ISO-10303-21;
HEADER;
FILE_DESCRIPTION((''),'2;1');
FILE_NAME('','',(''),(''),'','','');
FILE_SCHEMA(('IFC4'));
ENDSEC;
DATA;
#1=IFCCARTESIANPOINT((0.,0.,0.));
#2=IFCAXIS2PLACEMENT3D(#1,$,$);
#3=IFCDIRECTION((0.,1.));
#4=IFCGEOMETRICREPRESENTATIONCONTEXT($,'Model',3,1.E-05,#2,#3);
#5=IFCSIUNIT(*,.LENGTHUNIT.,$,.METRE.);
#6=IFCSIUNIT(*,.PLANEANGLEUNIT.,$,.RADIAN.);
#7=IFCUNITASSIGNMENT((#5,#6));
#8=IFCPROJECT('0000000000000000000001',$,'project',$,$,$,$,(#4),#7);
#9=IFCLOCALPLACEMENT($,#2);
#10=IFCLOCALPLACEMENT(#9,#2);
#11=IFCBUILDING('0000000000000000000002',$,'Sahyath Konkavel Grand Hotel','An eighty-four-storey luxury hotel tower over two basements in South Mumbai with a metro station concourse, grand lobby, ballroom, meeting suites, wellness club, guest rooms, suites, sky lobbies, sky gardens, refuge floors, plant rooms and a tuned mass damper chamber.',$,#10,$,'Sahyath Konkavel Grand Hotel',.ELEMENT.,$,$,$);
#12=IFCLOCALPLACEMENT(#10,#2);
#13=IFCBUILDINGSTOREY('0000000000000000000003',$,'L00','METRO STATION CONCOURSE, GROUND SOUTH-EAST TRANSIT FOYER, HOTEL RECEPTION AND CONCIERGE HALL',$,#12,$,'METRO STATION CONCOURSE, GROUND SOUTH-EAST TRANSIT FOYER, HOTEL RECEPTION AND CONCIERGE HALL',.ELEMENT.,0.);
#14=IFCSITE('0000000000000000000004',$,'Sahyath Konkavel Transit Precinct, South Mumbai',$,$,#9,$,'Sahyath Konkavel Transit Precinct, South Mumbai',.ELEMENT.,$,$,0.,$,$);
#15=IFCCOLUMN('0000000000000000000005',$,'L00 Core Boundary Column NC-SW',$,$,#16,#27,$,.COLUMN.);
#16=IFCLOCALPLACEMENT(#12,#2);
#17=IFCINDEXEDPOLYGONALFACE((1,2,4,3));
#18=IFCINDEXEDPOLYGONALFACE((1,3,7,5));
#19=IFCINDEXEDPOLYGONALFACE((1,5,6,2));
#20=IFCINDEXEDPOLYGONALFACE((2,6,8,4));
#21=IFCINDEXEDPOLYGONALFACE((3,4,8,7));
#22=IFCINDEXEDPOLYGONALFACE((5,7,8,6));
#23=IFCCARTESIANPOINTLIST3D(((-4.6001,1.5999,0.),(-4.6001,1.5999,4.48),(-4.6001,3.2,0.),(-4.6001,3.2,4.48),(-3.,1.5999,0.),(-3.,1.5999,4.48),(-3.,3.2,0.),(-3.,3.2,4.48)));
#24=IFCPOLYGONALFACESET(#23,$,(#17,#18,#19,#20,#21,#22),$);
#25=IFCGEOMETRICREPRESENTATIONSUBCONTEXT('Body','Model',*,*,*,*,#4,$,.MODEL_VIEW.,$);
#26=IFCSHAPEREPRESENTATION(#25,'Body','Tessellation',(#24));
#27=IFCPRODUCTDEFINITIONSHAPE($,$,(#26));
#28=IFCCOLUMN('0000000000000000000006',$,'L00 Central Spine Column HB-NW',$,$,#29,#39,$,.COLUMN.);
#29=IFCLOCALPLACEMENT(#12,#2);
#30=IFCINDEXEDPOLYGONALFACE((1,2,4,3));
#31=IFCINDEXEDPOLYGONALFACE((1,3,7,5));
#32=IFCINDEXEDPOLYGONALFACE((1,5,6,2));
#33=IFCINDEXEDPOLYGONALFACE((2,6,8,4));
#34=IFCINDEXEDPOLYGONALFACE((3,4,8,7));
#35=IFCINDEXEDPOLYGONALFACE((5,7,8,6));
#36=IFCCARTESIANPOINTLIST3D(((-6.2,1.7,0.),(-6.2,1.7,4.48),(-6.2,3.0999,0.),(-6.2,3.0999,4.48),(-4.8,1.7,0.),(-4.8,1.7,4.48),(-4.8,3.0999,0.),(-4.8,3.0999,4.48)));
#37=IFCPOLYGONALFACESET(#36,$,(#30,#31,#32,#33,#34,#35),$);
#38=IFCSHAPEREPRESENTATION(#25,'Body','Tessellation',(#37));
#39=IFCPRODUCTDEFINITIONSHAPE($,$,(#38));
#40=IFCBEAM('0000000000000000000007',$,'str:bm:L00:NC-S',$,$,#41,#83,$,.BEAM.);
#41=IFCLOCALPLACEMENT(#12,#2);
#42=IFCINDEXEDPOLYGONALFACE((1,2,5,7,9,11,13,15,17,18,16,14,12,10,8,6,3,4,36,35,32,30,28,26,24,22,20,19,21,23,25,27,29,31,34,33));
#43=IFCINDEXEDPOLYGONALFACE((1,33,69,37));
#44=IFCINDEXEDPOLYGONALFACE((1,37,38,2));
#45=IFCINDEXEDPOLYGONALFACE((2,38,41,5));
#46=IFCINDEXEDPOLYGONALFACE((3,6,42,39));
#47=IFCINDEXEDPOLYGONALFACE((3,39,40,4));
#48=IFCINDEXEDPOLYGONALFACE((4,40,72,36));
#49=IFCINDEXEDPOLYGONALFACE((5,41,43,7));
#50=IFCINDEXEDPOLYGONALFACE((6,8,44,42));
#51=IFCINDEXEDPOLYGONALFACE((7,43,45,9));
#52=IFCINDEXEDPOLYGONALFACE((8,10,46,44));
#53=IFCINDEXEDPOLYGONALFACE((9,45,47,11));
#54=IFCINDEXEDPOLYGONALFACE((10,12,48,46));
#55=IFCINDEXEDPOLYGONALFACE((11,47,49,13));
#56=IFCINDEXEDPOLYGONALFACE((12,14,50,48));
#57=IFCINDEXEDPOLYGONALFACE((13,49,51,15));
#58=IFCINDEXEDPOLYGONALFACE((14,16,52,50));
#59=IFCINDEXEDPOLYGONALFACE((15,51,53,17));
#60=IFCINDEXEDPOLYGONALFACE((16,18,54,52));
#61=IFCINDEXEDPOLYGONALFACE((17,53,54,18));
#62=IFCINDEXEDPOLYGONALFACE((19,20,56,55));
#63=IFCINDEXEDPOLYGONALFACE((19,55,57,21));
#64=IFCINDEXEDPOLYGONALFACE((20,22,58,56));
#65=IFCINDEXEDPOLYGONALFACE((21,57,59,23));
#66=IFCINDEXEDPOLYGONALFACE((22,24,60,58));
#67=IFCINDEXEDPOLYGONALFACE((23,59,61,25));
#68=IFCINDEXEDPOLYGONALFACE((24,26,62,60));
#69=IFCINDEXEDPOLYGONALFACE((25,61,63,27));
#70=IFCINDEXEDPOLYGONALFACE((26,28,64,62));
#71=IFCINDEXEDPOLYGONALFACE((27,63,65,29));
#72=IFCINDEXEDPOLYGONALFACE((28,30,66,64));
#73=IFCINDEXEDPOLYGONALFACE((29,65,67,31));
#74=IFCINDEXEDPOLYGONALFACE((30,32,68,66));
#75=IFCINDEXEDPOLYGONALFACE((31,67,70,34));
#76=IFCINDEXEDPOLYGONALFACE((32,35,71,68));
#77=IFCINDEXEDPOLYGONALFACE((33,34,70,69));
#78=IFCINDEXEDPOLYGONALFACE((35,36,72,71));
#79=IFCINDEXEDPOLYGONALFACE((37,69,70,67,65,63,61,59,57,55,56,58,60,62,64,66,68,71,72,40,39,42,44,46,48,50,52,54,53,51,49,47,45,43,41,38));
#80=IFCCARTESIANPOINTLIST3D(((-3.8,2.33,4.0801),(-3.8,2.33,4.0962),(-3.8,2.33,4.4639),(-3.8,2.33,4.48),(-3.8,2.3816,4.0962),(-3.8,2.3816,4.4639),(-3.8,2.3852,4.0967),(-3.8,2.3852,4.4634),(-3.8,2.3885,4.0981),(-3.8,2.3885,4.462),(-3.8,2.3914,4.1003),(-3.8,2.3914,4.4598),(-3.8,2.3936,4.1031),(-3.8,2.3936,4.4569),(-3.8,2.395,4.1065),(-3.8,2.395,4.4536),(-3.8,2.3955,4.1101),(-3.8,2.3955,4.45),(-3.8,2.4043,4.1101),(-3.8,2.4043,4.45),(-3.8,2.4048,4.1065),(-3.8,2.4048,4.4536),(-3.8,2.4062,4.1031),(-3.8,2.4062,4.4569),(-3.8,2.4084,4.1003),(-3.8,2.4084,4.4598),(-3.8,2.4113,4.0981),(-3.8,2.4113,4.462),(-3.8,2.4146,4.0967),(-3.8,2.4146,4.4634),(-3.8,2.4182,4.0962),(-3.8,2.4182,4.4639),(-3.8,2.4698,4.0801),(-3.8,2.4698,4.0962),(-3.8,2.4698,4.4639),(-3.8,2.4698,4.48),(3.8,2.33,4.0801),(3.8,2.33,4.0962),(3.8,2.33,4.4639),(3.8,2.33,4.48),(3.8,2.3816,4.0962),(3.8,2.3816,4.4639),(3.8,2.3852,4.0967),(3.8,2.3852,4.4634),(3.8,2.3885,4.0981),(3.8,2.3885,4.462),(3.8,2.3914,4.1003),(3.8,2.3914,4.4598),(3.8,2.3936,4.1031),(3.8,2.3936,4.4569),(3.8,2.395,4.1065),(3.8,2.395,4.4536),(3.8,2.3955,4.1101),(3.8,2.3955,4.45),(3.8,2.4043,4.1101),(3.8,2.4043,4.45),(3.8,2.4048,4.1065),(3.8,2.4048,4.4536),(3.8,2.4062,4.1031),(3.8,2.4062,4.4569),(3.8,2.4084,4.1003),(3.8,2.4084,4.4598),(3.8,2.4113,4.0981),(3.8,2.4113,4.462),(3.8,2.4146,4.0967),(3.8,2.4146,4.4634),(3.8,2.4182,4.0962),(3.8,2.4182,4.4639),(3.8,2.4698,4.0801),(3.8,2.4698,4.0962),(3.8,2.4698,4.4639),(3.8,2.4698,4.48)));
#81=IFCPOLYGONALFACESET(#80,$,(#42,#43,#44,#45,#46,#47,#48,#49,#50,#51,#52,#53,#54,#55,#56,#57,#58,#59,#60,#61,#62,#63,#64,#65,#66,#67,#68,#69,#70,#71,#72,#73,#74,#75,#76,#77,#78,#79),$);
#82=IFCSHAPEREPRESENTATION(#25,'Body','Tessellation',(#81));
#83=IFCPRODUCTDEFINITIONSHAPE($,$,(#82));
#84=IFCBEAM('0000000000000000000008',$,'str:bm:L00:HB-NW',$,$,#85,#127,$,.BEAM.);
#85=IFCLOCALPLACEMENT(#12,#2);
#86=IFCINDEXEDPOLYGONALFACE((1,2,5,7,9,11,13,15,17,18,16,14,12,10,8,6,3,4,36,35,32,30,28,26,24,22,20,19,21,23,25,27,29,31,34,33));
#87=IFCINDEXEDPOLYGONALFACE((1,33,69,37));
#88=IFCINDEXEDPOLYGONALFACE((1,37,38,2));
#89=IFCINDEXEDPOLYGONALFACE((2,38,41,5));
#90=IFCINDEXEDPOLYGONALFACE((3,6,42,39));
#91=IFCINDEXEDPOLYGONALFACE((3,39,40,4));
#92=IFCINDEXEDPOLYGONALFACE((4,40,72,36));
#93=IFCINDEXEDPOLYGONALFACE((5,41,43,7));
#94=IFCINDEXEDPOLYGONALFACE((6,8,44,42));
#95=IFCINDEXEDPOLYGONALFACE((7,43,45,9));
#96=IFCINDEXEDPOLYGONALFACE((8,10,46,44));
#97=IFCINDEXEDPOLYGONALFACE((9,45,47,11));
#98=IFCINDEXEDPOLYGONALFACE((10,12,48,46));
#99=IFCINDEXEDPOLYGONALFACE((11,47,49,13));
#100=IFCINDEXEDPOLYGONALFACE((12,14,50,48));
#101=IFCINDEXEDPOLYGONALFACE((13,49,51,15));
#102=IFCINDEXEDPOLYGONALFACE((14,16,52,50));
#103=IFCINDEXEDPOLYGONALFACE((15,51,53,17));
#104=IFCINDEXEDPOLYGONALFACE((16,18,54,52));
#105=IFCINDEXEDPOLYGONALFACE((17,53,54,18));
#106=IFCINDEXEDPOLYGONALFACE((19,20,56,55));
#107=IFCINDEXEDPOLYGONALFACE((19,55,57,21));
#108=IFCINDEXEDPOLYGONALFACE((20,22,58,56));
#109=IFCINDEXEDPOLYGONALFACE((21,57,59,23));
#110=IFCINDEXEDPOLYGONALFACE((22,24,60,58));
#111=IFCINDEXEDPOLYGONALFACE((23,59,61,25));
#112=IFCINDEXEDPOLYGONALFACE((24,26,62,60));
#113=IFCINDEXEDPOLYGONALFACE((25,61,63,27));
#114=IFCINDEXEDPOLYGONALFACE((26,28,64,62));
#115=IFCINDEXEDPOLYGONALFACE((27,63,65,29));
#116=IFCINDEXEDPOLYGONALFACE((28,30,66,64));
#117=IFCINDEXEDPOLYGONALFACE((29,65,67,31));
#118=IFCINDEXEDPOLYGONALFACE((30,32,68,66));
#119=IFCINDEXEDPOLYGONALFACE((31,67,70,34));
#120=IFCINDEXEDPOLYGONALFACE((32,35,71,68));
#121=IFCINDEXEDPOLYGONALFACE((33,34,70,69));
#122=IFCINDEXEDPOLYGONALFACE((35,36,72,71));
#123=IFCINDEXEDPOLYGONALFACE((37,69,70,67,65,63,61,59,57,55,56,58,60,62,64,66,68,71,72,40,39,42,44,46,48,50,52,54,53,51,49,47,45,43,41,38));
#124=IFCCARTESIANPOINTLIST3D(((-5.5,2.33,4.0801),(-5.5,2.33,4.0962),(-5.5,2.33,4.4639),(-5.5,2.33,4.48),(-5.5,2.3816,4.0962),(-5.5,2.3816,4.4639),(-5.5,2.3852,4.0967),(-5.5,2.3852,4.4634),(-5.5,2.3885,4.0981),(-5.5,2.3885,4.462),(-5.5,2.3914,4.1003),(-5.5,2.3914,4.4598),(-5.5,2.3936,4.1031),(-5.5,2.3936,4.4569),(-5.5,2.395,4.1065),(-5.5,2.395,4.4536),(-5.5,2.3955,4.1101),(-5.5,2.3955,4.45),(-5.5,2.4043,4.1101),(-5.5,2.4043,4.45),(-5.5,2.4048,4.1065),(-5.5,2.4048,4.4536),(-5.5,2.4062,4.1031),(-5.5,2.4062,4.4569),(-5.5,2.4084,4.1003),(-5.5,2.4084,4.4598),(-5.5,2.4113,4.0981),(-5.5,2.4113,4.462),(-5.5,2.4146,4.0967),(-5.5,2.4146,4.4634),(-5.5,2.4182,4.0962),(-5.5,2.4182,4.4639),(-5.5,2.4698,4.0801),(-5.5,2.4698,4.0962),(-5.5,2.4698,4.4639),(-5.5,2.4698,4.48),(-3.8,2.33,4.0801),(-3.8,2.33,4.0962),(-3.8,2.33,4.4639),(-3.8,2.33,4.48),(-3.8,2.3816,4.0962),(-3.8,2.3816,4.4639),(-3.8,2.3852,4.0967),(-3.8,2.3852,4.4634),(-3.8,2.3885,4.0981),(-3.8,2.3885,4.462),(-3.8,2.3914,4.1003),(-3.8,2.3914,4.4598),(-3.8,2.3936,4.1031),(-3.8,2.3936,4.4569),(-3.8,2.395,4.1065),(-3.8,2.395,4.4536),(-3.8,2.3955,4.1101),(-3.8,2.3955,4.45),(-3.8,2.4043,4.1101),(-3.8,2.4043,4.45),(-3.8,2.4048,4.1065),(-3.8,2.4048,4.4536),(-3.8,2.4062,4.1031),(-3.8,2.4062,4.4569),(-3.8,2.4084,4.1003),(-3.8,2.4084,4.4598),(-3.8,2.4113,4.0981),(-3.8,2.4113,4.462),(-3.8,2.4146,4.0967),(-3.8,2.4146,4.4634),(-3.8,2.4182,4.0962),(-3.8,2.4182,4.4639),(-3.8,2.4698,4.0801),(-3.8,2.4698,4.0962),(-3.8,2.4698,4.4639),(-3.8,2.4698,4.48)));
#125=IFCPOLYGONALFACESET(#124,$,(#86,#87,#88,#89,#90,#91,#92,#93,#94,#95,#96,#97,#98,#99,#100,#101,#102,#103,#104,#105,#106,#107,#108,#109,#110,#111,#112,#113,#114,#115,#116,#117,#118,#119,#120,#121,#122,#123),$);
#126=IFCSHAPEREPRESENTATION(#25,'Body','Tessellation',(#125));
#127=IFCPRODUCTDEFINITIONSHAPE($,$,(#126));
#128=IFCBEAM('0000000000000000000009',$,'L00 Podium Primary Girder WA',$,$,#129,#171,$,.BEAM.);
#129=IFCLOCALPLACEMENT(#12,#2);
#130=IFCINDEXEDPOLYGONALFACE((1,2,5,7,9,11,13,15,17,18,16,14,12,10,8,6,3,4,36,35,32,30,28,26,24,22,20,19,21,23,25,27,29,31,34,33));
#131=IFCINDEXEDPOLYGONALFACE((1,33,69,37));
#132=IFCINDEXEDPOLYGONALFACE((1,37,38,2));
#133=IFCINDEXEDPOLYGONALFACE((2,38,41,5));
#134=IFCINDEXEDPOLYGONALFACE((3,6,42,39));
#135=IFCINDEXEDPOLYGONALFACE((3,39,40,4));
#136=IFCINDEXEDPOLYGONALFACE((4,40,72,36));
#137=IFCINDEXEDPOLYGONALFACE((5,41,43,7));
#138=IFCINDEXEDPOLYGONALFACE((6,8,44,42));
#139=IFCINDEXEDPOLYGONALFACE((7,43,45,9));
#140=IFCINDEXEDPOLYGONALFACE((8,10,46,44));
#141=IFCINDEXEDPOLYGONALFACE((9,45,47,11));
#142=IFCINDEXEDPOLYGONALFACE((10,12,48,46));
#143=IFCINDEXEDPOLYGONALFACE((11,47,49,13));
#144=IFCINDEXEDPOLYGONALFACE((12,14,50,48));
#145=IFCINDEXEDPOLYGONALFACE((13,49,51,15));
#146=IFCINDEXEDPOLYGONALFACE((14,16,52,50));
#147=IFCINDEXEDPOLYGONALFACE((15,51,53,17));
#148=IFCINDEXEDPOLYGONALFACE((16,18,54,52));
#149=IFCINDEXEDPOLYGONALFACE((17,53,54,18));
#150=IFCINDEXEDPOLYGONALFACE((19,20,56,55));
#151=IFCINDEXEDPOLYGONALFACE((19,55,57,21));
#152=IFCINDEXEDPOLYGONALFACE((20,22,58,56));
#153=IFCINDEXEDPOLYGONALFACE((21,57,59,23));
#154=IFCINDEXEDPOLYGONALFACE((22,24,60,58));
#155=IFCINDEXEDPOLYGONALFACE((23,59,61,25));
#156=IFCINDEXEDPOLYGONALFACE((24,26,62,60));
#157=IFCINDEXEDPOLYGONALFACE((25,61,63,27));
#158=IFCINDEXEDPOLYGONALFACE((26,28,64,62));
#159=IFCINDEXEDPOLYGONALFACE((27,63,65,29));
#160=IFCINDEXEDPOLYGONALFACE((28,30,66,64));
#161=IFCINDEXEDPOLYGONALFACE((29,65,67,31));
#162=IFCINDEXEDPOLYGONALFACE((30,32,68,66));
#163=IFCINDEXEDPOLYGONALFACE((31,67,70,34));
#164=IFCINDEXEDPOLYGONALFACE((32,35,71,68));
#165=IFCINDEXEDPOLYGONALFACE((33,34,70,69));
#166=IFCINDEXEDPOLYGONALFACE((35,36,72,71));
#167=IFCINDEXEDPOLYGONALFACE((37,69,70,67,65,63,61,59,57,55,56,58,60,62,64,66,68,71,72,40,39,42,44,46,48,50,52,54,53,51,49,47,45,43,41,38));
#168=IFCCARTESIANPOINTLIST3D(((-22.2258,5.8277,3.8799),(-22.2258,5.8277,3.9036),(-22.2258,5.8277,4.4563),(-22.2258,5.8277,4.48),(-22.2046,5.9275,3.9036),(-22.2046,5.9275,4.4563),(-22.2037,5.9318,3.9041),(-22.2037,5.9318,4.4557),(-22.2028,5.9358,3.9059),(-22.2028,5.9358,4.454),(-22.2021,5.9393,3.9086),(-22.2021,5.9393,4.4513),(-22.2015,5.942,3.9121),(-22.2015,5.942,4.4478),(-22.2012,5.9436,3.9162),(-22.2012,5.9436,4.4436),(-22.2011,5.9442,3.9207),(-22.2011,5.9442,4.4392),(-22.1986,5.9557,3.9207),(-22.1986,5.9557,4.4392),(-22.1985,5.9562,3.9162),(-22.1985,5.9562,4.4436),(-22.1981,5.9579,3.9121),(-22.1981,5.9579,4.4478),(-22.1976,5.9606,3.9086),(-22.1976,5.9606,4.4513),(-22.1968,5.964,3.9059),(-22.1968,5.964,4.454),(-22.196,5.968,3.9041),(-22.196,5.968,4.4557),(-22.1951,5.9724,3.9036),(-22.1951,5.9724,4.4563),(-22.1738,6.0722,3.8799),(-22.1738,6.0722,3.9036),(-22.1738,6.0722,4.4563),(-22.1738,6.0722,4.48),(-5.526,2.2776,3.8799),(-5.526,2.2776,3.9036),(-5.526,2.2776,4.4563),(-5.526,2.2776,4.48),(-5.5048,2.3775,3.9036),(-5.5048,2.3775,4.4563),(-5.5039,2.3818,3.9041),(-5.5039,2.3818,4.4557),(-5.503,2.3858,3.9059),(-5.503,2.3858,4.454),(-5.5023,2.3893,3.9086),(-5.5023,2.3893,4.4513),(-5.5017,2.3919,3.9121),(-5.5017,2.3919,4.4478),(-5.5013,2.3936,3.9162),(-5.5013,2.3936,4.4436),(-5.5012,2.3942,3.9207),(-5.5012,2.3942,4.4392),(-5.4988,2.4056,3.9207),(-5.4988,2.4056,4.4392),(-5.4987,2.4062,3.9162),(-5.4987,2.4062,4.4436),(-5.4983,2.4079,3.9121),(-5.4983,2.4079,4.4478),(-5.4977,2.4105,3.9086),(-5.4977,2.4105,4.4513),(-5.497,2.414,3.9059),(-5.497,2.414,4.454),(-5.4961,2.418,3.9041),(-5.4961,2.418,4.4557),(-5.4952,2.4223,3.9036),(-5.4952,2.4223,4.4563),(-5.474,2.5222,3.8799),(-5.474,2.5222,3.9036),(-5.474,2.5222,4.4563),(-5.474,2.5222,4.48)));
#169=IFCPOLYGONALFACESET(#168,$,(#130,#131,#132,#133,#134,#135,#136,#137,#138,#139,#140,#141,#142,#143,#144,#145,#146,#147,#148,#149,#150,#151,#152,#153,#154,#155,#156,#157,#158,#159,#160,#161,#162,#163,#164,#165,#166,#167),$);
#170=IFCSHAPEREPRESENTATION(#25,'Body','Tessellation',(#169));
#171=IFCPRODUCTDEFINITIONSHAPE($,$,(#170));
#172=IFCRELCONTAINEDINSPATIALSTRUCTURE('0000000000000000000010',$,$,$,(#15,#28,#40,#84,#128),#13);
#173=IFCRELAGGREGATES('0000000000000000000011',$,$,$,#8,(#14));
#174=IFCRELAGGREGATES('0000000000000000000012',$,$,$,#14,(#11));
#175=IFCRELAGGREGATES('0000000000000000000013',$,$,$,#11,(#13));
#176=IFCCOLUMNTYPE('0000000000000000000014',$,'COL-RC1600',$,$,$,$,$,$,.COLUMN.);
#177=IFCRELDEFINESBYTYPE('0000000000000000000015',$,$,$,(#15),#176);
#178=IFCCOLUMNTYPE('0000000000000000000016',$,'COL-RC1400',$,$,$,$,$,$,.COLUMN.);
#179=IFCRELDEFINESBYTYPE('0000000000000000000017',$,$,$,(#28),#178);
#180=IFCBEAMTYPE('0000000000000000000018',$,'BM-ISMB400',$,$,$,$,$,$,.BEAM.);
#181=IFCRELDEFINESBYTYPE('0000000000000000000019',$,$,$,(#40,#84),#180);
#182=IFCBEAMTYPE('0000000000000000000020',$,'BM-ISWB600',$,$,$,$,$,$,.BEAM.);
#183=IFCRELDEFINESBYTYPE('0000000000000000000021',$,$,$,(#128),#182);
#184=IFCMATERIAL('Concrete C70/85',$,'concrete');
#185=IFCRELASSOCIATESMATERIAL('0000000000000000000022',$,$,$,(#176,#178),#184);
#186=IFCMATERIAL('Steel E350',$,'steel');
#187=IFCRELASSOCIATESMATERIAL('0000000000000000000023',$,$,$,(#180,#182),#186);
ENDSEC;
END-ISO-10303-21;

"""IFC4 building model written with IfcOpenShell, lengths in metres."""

from ifc_helpers import new_model, si_unit, direction, frame, origin, origin_2d, place, context, subcontext, project, spatial, rectangle, i_section, extrude, source, transform, mapped, material, material_profile, profile_set, type_object, element, save


model = new_model("IFC4")

# Units and contexts
model_context = context("Model", 3, precision=1e-05, world=origin(), true_north=direction((0.0, 1.0)))
body_context = subcontext(model_context, "Body", "Model", "MODEL_VIEW")
ifc_project = project(units=[si_unit("LENGTHUNIT", "METRE"), si_unit("PLANEANGLEUNIT", "RADIAN")], contexts=[model_context])

# Site, building, storey
site_placement = place(None, origin())
site = spatial("IfcSite", under=ifc_project, at=site_placement, Name="Sahyath Konkavel Transit Precinct, South Mumbai", LongName="Sahyath Konkavel Transit Precinct, South Mumbai", CompositionType="ELEMENT", RefElevation=0.0)
building_placement = place(site_placement, origin())
building = spatial("IfcBuilding", under=site, at=building_placement, Name="Sahyath Konkavel Grand Hotel", Description="An eighty-four-storey luxury hotel tower over two basements in South Mumbai with a metro station concourse, grand lobby, ballroom, meeting suites, wellness club, guest rooms, suites, sky lobbies, sky gardens, refuge floors, plant rooms and a tuned mass damper chamber.", LongName="Sahyath Konkavel Grand Hotel", CompositionType="ELEMENT")
storey_placement = place(building_placement, origin())
storey = spatial("IfcBuildingStorey", under=building, at=storey_placement, Name="L00", Description="METRO STATION CONCOURSE, GROUND SOUTH-EAST TRANSIT FOYER, HOTEL RECEPTION AND CONCIERGE HALL", LongName="METRO STATION CONCOURSE, GROUND SOUTH-EAST TRANSIT FOYER, HOTEL RECEPTION AND CONCIERGE HALL", CompositionType="ELEMENT", Elevation=0.0)

# Columns
ifc_material_1 = material(Name="Concrete C70/85", Category="concrete")
ifc_material_profile_1 = material_profile(ifc_material_1, rectangle(XDim=1.6001, YDim=1.6001, at=origin_2d()), Name="RC 1600x1600")
ifc_profile_set_1 = profile_set([ifc_material_profile_1], Name="Concrete C70/85")
column_type_1 = type_object("IfcColumnType", Name="COL-RC1600", PredefinedType="COLUMN", material=ifc_profile_set_1)
shared_shape_1 = source(origin(), body_context, "Body", "SweptSolid", [
    extrude(rectangle(XDim=1.6001, YDim=1.6001, at=origin_2d()), origin(), (0.0, 0.0, 1.0), 4.48),
])
column_1_placement = place(storey_placement, frame((-3.8, 2.3999, 0.0), z_axis=(0.0, 0.0, 1.0), x_axis=(1.0, 0.0, 0.0)))
element("IfcColumn", 1, at=column_1_placement, inside=storey, type_object=column_type_1, Name="L00 Core Boundary Column NC-SW", PredefinedType="COLUMN", context=body_context, shape_type="MappedRepresentation", body=[
    mapped(shared_shape_1, transform((0.0, 0.0, 0.0), scale=1.0)),
])
ifc_material_profile_2 = material_profile(ifc_material_1, rectangle(XDim=1.3999, YDim=1.3999, at=origin_2d()), Name="RC 1400x1400")
ifc_profile_set_2 = profile_set([ifc_material_profile_2], Name="Concrete C70/85")
column_type_2 = type_object("IfcColumnType", Name="COL-RC1400", PredefinedType="COLUMN", material=ifc_profile_set_2)
shared_shape_2 = source(origin(), body_context, "Body", "SweptSolid", [
    extrude(rectangle(XDim=1.3999, YDim=1.3999, at=origin_2d()), origin(), (0.0, 0.0, 1.0), 4.48),
])
column_2_placement = place(storey_placement, frame((-5.5, 2.3999, 0.0), z_axis=(0.0, 0.0, 1.0), x_axis=(1.0, 0.0, 0.0)))
element("IfcColumn", 2, at=column_2_placement, inside=storey, type_object=column_type_2, Name="L00 Central Spine Column HB-NW", PredefinedType="COLUMN", context=body_context, shape_type="MappedRepresentation", body=[
    mapped(shared_shape_2, transform((0.0, 0.0, 0.0), scale=1.0)),
])

# Beams
ifc_material_2 = material(Name="Steel E350", Category="steel")
ifc_material_profile_3 = material_profile(ifc_material_2, i_section(OverallWidth=0.1399, OverallDepth=0.3999, WebThickness=0.0088, FlangeThickness=0.0161, FilletRadius=0.0139, at=origin_2d()), Name="ISMB 400")
ifc_profile_set_3 = profile_set([ifc_material_profile_3], Name="Steel E350")
beam_type_1 = type_object("IfcBeamType", Name="BM-ISMB400", PredefinedType="BEAM", material=ifc_profile_set_3)
shared_shape_3 = source(origin(), body_context, "Body", "SweptSolid", [
    extrude(i_section(OverallWidth=0.1399, OverallDepth=0.3999, WebThickness=0.0088, FlangeThickness=0.0161, FilletRadius=0.0139, at=origin_2d()), origin(), (0.0, 0.0, 1.0), 7.6001),
])
beam_1_placement = place(storey_placement, frame((-3.8, 2.3999, 4.28), z_axis=(1.0, 0.0, 0.0), x_axis=(0.0, 1.0, 0.0)))
element("IfcBeam", 3, at=beam_1_placement, inside=storey, type_object=beam_type_1, Name="str:bm:L00:NC-S", PredefinedType="BEAM", context=body_context, shape_type="MappedRepresentation", body=[
    mapped(shared_shape_3, transform((0.0, 0.0, 0.0), scale=1.0)),
])
shared_shape_4 = source(origin(), body_context, "Body", "SweptSolid", [
    extrude(i_section(OverallWidth=0.1399, OverallDepth=0.3999, WebThickness=0.0088, FlangeThickness=0.0161, FilletRadius=0.0139, at=origin_2d()), origin(), (0.0, 0.0, 1.0), 1.7),
])
beam_2_placement = place(storey_placement, frame((-5.5, 2.3999, 4.28), z_axis=(1.0, 0.0, 0.0), x_axis=(0.0, 1.0, 0.0)))
element("IfcBeam", 4, at=beam_2_placement, inside=storey, type_object=beam_type_1, Name="str:bm:L00:HB-NW", PredefinedType="BEAM", context=body_context, shape_type="MappedRepresentation", body=[
    mapped(shared_shape_4, transform((0.0, 0.0, 0.0), scale=1.0)),
])
ifc_material_profile_4 = material_profile(ifc_material_2, i_section(OverallWidth=0.25, OverallDepth=0.6001, WebThickness=0.0117, FlangeThickness=0.0237, FilletRadius=0.0171, at=origin_2d()), Name="ISWB 600")
ifc_profile_set_4 = profile_set([ifc_material_profile_4], Name="Steel E350")
beam_type_2 = type_object("IfcBeamType", Name="BM-ISWB600", PredefinedType="BEAM", material=ifc_profile_set_4)
shared_shape_5 = source(origin(), body_context, "Body", "SweptSolid", [
    extrude(i_section(OverallWidth=0.25, OverallDepth=0.6001, WebThickness=0.0117, FlangeThickness=0.0237, FilletRadius=0.0171, at=origin_2d()), origin(), (0.0, 0.0, 1.0), 17.073),
])
beam_3_placement = place(storey_placement, frame((-5.5, 2.3999, 4.1799), z_axis=(-0.978143, 0.207932, 0.0), x_axis=(-0.207932, -0.978143, 0.0)))
element("IfcBeam", 5, at=beam_3_placement, inside=storey, type_object=beam_type_2, Name="L00 Podium Primary Girder WA", PredefinedType="BEAM", context=body_context, shape_type="MappedRepresentation", body=[
    mapped(shared_shape_5, transform((0.0, 0.0, 0.0), scale=1.0)),
])

save(model, "model.ifc")
